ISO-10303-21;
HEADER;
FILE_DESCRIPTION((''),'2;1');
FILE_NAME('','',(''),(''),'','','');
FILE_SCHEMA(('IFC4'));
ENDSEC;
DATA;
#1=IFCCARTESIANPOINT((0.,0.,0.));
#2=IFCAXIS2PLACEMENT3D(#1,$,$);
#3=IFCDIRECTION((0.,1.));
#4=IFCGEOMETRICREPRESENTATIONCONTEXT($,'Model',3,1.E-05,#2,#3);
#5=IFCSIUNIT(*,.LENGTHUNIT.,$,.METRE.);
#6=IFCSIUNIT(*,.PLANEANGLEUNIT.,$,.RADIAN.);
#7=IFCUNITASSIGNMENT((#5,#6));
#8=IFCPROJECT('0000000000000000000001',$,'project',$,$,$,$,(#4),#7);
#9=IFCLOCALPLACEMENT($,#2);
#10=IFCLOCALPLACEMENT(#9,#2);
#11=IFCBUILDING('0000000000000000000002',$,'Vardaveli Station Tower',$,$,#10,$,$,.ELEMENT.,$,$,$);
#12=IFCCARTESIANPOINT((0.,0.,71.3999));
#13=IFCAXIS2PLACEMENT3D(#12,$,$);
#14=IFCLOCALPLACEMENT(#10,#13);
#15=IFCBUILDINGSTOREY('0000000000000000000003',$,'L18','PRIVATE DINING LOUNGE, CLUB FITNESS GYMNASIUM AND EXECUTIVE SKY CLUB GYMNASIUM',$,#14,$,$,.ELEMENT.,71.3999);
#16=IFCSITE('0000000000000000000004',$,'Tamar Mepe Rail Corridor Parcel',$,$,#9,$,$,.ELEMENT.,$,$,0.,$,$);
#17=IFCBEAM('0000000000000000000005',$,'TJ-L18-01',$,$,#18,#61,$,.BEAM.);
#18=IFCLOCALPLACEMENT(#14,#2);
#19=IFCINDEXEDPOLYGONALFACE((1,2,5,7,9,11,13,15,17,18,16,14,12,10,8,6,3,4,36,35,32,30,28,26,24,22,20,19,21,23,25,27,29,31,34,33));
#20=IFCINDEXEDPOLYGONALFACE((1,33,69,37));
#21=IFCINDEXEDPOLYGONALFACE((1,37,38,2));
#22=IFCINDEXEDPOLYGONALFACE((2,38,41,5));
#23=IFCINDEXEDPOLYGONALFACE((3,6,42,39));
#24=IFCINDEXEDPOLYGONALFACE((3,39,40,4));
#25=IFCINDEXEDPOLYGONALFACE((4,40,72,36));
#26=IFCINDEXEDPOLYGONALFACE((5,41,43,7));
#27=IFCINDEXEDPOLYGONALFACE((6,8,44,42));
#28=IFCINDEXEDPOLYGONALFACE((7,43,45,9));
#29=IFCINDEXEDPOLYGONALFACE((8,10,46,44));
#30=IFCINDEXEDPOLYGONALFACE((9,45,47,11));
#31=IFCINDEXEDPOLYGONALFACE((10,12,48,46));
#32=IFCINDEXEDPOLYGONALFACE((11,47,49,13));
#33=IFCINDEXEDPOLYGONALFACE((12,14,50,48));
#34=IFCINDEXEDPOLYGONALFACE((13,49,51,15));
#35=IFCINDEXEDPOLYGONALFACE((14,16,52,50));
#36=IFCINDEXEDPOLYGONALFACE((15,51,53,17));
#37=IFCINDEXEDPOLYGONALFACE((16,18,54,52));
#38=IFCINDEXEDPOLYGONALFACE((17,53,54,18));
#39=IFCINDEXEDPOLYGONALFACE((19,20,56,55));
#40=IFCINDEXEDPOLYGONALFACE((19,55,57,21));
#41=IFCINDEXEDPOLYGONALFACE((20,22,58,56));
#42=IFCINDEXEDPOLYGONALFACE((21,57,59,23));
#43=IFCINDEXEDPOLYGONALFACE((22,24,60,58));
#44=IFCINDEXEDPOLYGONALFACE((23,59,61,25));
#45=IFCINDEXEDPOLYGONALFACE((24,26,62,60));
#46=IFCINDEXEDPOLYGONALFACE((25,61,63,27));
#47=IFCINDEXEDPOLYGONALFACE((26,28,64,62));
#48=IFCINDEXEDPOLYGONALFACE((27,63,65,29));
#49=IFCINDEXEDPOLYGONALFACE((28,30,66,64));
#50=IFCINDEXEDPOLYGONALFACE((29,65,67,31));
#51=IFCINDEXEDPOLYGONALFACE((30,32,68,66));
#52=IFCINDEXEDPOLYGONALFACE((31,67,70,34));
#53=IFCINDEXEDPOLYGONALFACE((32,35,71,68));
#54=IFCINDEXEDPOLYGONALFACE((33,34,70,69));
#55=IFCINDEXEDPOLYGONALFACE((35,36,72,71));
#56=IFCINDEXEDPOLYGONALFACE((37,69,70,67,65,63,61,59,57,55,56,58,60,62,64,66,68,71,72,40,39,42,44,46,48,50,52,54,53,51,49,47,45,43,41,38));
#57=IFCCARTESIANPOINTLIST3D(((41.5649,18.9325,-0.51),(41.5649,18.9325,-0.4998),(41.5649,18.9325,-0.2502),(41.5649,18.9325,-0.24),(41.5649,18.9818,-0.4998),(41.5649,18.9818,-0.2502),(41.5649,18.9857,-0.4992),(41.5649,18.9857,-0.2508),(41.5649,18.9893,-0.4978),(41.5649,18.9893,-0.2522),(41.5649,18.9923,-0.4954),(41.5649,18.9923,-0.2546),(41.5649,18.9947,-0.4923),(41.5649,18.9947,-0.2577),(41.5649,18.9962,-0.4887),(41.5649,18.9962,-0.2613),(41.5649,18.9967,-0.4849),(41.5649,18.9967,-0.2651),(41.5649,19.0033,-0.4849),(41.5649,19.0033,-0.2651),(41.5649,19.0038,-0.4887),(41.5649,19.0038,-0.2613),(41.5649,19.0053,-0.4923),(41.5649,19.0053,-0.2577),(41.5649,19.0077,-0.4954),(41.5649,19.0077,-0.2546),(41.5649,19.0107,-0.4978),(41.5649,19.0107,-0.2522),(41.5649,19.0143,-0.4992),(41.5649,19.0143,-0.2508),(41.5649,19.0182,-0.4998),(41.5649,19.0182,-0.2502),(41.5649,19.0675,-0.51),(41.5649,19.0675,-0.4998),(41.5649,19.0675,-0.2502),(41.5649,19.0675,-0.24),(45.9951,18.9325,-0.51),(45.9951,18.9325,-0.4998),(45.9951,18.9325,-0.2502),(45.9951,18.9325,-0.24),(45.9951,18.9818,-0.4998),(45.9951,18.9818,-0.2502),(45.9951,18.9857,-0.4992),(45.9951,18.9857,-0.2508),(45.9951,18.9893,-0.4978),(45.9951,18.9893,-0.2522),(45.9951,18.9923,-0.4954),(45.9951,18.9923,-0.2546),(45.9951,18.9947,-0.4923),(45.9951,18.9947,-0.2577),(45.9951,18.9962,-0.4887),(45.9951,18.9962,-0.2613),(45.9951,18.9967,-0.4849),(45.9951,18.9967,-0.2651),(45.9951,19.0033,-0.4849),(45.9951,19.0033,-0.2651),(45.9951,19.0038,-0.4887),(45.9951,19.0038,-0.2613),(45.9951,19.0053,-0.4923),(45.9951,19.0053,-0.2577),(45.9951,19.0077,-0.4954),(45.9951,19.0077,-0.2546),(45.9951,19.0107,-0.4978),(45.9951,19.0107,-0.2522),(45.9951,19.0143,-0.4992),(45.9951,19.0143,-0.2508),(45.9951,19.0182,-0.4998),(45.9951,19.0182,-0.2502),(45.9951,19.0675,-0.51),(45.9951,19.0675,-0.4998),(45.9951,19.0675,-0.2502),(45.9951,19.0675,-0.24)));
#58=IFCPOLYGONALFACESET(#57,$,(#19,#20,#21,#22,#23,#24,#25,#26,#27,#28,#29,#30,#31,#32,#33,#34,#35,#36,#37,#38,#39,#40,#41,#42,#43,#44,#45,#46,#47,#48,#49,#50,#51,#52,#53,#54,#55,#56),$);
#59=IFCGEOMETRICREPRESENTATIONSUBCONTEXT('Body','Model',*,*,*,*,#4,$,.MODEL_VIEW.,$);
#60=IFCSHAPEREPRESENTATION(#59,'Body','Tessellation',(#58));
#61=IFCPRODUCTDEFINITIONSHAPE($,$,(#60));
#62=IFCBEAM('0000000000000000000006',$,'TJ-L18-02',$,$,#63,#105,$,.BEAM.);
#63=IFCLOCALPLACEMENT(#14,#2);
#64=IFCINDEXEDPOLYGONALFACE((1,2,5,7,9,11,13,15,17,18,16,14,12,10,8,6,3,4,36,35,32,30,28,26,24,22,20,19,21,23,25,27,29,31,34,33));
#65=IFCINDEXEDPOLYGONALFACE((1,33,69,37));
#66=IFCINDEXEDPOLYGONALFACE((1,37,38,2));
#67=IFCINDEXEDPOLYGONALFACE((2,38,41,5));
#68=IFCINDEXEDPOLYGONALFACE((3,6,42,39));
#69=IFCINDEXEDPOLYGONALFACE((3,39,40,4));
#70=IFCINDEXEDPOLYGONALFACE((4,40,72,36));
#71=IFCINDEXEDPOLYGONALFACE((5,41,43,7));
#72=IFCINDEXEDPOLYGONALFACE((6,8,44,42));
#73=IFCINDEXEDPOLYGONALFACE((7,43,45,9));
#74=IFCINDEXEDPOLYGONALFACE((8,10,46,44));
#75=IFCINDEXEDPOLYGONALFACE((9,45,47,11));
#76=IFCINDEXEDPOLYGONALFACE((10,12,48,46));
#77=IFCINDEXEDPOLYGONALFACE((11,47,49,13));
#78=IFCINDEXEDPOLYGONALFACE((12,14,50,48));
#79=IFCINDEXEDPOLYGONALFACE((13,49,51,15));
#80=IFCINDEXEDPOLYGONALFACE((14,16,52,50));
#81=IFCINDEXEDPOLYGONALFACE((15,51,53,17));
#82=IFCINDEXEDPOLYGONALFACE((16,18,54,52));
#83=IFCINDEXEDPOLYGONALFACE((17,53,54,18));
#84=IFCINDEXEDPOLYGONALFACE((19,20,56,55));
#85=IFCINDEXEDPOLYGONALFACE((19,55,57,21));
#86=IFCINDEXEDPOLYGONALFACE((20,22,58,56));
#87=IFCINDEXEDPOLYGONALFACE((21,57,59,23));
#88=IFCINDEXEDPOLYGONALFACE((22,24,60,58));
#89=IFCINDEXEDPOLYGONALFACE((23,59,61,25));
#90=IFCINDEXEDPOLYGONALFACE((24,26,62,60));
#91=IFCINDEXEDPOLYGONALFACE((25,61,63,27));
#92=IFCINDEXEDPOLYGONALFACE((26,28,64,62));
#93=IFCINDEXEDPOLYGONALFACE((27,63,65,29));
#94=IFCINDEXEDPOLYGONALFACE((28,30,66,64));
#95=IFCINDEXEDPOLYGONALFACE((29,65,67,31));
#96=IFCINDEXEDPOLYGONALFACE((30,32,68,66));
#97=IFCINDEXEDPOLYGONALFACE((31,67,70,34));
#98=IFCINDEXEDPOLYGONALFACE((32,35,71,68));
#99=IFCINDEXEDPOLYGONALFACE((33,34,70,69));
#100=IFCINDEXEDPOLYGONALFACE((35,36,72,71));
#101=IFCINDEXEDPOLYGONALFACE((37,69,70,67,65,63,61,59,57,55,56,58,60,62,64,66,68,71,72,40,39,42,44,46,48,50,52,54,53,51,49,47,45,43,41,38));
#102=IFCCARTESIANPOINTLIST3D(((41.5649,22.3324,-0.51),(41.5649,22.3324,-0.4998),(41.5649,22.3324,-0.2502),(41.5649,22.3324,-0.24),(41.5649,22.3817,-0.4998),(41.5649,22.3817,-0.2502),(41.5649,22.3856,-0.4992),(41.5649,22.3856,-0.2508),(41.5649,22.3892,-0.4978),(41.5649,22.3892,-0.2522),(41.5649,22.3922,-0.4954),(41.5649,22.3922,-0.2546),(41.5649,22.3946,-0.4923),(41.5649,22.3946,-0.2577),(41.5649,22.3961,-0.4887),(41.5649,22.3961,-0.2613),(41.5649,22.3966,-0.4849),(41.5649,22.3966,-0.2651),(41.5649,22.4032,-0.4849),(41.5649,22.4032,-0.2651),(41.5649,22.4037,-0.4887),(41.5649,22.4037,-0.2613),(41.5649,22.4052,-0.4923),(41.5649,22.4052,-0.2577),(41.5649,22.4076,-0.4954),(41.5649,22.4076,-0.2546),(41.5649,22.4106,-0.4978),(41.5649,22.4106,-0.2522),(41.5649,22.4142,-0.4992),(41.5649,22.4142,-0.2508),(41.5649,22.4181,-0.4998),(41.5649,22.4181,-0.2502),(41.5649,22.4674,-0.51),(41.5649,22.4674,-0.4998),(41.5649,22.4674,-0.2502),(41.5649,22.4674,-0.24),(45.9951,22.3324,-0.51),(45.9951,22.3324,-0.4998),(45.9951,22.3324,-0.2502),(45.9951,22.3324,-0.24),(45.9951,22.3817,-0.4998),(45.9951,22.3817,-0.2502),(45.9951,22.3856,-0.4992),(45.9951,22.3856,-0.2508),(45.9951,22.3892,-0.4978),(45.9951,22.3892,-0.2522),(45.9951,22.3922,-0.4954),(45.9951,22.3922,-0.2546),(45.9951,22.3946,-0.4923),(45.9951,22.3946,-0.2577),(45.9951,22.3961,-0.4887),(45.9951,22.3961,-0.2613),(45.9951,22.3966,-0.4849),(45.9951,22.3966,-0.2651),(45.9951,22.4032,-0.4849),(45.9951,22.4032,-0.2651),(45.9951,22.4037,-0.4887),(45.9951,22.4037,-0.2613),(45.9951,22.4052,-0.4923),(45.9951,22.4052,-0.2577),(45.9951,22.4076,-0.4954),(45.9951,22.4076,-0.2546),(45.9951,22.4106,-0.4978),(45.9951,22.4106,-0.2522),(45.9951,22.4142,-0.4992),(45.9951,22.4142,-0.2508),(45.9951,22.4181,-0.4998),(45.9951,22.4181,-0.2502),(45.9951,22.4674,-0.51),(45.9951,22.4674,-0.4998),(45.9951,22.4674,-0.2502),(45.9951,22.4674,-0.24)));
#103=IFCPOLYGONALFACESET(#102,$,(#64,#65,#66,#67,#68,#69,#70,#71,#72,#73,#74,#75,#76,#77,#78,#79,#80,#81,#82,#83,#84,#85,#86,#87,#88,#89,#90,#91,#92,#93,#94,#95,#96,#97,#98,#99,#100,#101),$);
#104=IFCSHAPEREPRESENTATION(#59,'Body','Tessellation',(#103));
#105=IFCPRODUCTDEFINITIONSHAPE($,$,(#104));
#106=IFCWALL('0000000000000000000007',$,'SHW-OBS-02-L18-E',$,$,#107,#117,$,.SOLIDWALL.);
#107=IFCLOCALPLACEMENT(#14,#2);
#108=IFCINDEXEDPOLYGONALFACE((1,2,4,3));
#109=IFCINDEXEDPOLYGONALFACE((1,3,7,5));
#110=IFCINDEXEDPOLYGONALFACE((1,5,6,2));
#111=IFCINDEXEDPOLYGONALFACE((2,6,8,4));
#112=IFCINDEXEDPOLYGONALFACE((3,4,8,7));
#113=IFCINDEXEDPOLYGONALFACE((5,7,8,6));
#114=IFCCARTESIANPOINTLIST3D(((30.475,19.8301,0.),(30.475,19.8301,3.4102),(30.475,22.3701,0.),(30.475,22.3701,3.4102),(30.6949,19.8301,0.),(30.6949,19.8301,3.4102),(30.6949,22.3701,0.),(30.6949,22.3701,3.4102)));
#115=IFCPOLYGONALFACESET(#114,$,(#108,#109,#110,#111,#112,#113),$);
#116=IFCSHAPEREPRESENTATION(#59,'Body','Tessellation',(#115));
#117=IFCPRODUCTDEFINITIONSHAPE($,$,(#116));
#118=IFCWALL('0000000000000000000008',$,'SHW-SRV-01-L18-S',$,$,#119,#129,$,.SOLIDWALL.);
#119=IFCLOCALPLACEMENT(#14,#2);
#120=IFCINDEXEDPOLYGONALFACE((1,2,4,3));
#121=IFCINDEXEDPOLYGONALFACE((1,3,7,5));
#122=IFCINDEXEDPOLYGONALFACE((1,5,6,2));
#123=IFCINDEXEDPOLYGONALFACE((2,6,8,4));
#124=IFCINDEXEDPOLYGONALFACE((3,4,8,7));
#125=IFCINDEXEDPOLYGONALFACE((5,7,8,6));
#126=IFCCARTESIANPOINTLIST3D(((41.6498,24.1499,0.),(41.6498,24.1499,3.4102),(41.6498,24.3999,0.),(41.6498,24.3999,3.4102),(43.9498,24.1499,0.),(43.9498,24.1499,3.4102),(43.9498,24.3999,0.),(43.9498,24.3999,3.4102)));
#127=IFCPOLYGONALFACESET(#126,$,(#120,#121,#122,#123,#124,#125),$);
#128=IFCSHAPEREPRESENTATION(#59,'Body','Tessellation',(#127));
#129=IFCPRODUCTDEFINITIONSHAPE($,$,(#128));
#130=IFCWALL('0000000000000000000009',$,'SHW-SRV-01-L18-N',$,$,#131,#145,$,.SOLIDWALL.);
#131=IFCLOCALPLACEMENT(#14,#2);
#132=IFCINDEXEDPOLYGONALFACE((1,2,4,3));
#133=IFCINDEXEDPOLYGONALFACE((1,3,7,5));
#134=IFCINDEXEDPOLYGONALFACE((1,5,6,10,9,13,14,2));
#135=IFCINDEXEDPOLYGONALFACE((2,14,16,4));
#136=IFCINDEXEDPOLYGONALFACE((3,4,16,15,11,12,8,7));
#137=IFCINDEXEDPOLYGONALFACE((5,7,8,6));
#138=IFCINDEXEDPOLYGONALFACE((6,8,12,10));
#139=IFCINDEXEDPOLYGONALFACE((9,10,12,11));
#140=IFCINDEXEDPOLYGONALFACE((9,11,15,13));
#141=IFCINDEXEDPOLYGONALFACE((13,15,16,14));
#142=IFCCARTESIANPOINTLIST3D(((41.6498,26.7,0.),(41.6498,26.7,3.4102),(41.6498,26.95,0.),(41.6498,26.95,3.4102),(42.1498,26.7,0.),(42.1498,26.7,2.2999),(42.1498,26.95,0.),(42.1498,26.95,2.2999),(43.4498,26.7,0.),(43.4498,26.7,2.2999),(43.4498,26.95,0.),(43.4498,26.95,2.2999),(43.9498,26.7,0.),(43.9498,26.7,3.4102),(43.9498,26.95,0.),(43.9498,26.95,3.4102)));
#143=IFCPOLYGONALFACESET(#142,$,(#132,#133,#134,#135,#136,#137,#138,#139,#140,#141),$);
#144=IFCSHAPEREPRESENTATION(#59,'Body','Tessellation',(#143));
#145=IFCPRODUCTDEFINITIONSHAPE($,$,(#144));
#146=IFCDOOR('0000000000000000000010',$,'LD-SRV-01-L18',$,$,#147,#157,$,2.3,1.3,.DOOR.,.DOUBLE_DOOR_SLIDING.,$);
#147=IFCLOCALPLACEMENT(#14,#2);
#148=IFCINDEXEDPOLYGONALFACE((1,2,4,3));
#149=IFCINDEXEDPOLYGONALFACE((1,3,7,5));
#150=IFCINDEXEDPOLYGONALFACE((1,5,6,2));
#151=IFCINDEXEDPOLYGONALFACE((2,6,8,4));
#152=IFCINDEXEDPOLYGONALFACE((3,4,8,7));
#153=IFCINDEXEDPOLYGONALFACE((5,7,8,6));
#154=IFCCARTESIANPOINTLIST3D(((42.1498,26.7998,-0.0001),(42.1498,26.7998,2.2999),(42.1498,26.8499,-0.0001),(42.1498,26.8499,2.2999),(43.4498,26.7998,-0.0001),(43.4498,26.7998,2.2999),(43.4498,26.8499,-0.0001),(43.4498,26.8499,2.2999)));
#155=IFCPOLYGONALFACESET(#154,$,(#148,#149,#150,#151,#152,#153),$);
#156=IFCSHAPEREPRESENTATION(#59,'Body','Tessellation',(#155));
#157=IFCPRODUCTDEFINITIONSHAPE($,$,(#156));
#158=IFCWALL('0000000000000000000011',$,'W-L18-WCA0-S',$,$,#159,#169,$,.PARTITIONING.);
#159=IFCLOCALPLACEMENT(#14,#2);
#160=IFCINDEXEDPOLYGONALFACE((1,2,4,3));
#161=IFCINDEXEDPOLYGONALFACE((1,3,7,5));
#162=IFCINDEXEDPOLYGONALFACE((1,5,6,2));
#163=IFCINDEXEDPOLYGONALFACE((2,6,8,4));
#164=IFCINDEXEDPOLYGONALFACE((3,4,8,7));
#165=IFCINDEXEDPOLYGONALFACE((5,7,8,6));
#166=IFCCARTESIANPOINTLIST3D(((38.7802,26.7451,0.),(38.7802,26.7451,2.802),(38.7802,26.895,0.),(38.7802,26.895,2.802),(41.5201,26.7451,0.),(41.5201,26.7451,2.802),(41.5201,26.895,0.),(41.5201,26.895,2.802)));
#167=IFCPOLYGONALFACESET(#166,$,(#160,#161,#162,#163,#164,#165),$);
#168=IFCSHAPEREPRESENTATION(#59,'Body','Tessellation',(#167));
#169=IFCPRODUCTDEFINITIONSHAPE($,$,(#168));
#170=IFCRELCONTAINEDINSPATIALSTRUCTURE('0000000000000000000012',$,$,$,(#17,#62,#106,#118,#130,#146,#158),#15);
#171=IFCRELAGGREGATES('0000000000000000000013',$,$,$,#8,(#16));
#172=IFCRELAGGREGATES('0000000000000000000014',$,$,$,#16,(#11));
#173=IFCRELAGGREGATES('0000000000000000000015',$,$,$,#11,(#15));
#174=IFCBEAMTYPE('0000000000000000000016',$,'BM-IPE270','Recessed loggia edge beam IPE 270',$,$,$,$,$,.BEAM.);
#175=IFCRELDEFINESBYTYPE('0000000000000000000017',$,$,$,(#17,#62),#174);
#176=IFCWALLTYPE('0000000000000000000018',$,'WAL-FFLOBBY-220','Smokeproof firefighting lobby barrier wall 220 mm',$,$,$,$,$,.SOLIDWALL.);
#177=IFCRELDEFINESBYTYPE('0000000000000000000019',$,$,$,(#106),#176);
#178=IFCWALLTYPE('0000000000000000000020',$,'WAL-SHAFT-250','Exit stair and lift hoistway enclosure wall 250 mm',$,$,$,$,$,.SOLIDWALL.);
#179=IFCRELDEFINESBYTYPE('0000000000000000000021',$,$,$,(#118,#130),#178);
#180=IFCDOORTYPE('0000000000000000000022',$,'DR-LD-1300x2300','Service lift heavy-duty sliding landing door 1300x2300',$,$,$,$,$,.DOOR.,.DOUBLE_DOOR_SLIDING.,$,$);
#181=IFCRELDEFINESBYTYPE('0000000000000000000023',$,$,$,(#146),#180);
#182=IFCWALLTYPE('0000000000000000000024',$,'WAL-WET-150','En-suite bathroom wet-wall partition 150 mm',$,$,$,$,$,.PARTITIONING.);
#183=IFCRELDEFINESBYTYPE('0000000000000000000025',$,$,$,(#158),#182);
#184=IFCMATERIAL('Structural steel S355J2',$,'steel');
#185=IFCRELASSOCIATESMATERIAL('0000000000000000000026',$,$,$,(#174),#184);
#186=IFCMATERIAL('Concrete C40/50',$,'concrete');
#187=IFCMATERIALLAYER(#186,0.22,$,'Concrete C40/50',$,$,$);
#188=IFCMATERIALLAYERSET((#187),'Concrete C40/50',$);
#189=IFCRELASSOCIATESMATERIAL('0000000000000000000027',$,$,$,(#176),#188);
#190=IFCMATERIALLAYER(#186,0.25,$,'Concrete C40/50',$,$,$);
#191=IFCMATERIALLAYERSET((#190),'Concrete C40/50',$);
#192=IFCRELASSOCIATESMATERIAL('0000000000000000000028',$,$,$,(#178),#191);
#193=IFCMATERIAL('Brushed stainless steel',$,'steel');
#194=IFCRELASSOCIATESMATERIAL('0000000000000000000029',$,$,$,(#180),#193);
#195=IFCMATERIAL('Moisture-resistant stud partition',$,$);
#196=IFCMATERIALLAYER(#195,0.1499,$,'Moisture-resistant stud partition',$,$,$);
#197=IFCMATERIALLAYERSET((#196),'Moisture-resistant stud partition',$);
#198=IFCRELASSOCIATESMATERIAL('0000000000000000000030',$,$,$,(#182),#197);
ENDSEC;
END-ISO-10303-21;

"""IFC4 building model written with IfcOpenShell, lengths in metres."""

from ifc_helpers import new_model, si_unit, direction, frame, frame_2d, origin, origin_2d, place, context, subcontext, project, spatial, rectangle, i_section, extrude, source, transform, mapped, material, layer, layer_set, material_profile, profile_set, type_object, element, fill, save


model = new_model("IFC4")

# Units and contexts
model_context = context("Model", 3, precision=1e-05, world=origin(), true_north=direction((0.0, 1.0)))
body_context = subcontext(model_context, "Body", "Model", "MODEL_VIEW")
ifc_project = project(units=[si_unit("LENGTHUNIT", "METRE"), si_unit("PLANEANGLEUNIT", "RADIAN")], contexts=[model_context])

# Site, building, storey
site_placement = place(None, origin())
site = spatial("IfcSite", under=ifc_project, at=site_placement, Name="Tamar Mepe Rail Corridor Parcel", CompositionType="ELEMENT", RefElevation=0.0)
building_placement = place(site_placement, origin())
building = spatial("IfcBuilding", under=site, at=building_placement, Name="Vardaveli Station Tower", CompositionType="ELEMENT")
storey_placement = place(building_placement, frame((0.0, 0.0, 71.3999)))
storey = spatial("IfcBuildingStorey", under=building, at=storey_placement, Name="L18", Description="PRIVATE DINING LOUNGE, CLUB FITNESS GYMNASIUM AND EXECUTIVE SKY CLUB GYMNASIUM", CompositionType="ELEMENT", Elevation=71.3999)

# Beams
ifc_material_1 = material(Name="Structural steel S355J2", Category="steel")
ifc_material_profile_1 = material_profile(ifc_material_1, i_section(OverallWidth=0.135, OverallDepth=0.27, WebThickness=0.0066, FlangeThickness=0.0103, FilletRadius=0.0149, at=origin_2d()), Name="IPE 270")
ifc_profile_set_1 = profile_set([ifc_material_profile_1], Name="Structural steel S355J2")
beam_type_1 = type_object("IfcBeamType", Name="BM-IPE270", Description="Recessed loggia edge beam IPE 270", PredefinedType="BEAM", material=ifc_profile_set_1)
shared_shape_1 = source(origin(), body_context, "Body", "SweptSolid", [
    extrude(i_section(OverallWidth=0.135, OverallDepth=0.27, WebThickness=0.0066, FlangeThickness=0.0103, FilletRadius=0.0149, at=origin_2d()), origin(), (0.0, 0.0, 1.0), 4.4302),
])
for number, where, z_axis, x_axis, name in (
    (1, (41.5649, 19.0, -0.375), (1.0, 0.0, 0.0), (0.0, 1.0, 0.0), "TJ-L18-01"),
    (2, (41.5649, 22.3999, -0.375), (1.0, 0.0, 0.0), (0.0, 1.0, 0.0), "TJ-L18-02"),
):
    element("IfcBeam", number, at=place(storey_placement, frame(where, z_axis=z_axis, x_axis=x_axis)), inside=storey, type_object=beam_type_1, Name=name, PredefinedType="BEAM", context=body_context, shape_type="MappedRepresentation", body=[
        mapped(shared_shape_1, transform((0.0, 0.0, 0.0), scale=1.0)),
    ])

# Walls
ifc_material_2 = material(Name="Concrete C40/50", Category="concrete")
ifc_layer_1 = layer(ifc_material_2, 0.22, Name="Concrete C40/50")
ifc_layer_set_1 = layer_set([ifc_layer_1], Name="Concrete C40/50")
wall_type_1 = type_object("IfcWallType", Name="WAL-FFLOBBY-220", Description="Smokeproof firefighting lobby barrier wall 220 mm", PredefinedType="SOLIDWALL", material=ifc_layer_set_1)
shared_shape_2 = source(origin(), body_context, "Body", "SweptSolid", [
    extrude(rectangle(XDim=2.54, YDim=0.22, at=frame_2d((1.27, 0.0))), origin(), (0.0, 0.0, 1.0), 3.4102),
])
wall_1_placement = place(storey_placement, frame((30.585, 19.8301, 0.0), z_axis=(0.0, 0.0, 1.0), x_axis=(0.0, 1.0, 0.0)))
element("IfcWall", 3, at=wall_1_placement, inside=storey, type_object=wall_type_1, Name="SHW-OBS-02-L18-E", PredefinedType="SOLIDWALL", context=body_context, shape_type="MappedRepresentation", body=[
    mapped(shared_shape_2, transform((0.0, 0.0, 0.0), scale=1.0)),
])
ifc_layer_2 = layer(ifc_material_2, 0.25, Name="Concrete C40/50")
ifc_layer_set_2 = layer_set([ifc_layer_2], Name="Concrete C40/50")
wall_type_2 = type_object("IfcWallType", Name="WAL-SHAFT-250", Description="Exit stair and lift hoistway enclosure wall 250 mm", PredefinedType="SOLIDWALL", material=ifc_layer_set_2)
shared_shape_3 = source(origin(), body_context, "Body", "SweptSolid", [
    extrude(rectangle(XDim=2.3, YDim=0.25, at=frame_2d((1.1499, 0.0))), origin(), (0.0, 0.0, 1.0), 3.4102),
])
wall_2_placement = place(storey_placement, frame((41.6499, 24.2749, 0.0), z_axis=(0.0, 0.0, 1.0), x_axis=(1.0, 0.0, 0.0)))
element("IfcWall", 4, at=wall_2_placement, inside=storey, type_object=wall_type_2, Name="SHW-SRV-01-L18-S", PredefinedType="SOLIDWALL", context=body_context, shape_type="MappedRepresentation", body=[
    mapped(shared_shape_3, transform((0.0, 0.0, 0.0), scale=1.0)),
])

# Wall, opening, door
wall_3_placement = place(storey_placement, frame((41.6499, 26.825, 0.0), z_axis=(0.0, 0.0, 1.0), x_axis=(1.0, 0.0, 0.0)))
wall_3 = element("IfcWall", 5, at=wall_3_placement, inside=storey, type_object=wall_type_2, Name="SHW-SRV-01-L18-N", PredefinedType="SOLIDWALL", context=body_context, shape_type="MappedRepresentation", body=[
    mapped(shared_shape_3, transform((0.0, 0.0, 0.0), scale=1.0)),
])
shared_shape_4 = source(origin(), body_context, "Body", "SweptSolid", [
    extrude(rectangle(XDim=1.3, YDim=2.3, at=frame_2d((0.6499, 1.1499))), frame((0.0, 0.135, 0.0), z_axis=(0.0, -1.0, 0.0), x_axis=(1.0, 0.0, 0.0)), (0.0, 0.0, 1.0), 0.27),
])
opening_placement = place(wall_3_placement, frame((0.5, 0.0, 0.0)))
opening = element("IfcOpeningElement", 6, at=opening_placement, cuts=wall_3, PredefinedType="OPENING", context=body_context, shape_type="MappedRepresentation", body=[
    mapped(shared_shape_4, transform((0.0, 0.0, 0.0), scale=1.0)),
])
ifc_material_3 = material(Name="Brushed stainless steel", Category="steel")
door_type = type_object("IfcDoorType", Name="DR-LD-1300x2300", Description="Service lift heavy-duty sliding landing door 1300x2300", OperationType="DOUBLE_DOOR_SLIDING", PredefinedType="DOOR", material=ifc_material_3)
shared_shape_5 = source(origin(), body_context, "Body", "SweptSolid", [
    extrude(rectangle(XDim=1.3, YDim=2.3, at=frame_2d((0.6499, 1.1499))), frame((0.0, 0.0249, 0.0), z_axis=(0.0, -1.0, 0.0), x_axis=(1.0, 0.0, 0.0)), (0.0, 0.0, 1.0), 0.05),
])
door_placement = place(opening_placement, origin())
door = element("IfcDoor", 7, at=door_placement, inside=storey, type_object=door_type, Name="LD-SRV-01-L18", OperationType="DOUBLE_DOOR_SLIDING", OverallHeight=2.3, OverallWidth=1.3, PredefinedType="DOOR", context=body_context, shape_type="MappedRepresentation", body=[
    mapped(shared_shape_5, transform((0.0, 0.0, 0.0), scale=1.0)),
])
fill(opening, door)

# Wall
ifc_material_4 = material(Name="Moisture-resistant stud partition")
ifc_layer_3 = layer(ifc_material_4, 0.1499, Name="Moisture-resistant stud partition")
ifc_layer_set_3 = layer_set([ifc_layer_3], Name="Moisture-resistant stud partition")
wall_type_3 = type_object("IfcWallType", Name="WAL-WET-150", Description="En-suite bathroom wet-wall partition 150 mm", PredefinedType="PARTITIONING", material=ifc_layer_set_3)
shared_shape_6 = source(origin(), body_context, "Body", "SweptSolid", [
    extrude(rectangle(XDim=2.74, YDim=0.1499, at=frame_2d((1.3701, 0.0))), origin(), (0.0, 0.0, 1.0), 2.802),
])
wall_4_placement = place(storey_placement, frame((38.78, 26.8201, 0.0), z_axis=(0.0, 0.0, 1.0), x_axis=(1.0, 0.0, 0.0)))
element("IfcWall", 8, at=wall_4_placement, inside=storey, type_object=wall_type_3, Name="W-L18-WCA0-S", PredefinedType="PARTITIONING", context=body_context, shape_type="MappedRepresentation", body=[
    mapped(shared_shape_6, transform((0.0, 0.0, 0.0), scale=1.0)),
])

save(model, "model.ifc")
